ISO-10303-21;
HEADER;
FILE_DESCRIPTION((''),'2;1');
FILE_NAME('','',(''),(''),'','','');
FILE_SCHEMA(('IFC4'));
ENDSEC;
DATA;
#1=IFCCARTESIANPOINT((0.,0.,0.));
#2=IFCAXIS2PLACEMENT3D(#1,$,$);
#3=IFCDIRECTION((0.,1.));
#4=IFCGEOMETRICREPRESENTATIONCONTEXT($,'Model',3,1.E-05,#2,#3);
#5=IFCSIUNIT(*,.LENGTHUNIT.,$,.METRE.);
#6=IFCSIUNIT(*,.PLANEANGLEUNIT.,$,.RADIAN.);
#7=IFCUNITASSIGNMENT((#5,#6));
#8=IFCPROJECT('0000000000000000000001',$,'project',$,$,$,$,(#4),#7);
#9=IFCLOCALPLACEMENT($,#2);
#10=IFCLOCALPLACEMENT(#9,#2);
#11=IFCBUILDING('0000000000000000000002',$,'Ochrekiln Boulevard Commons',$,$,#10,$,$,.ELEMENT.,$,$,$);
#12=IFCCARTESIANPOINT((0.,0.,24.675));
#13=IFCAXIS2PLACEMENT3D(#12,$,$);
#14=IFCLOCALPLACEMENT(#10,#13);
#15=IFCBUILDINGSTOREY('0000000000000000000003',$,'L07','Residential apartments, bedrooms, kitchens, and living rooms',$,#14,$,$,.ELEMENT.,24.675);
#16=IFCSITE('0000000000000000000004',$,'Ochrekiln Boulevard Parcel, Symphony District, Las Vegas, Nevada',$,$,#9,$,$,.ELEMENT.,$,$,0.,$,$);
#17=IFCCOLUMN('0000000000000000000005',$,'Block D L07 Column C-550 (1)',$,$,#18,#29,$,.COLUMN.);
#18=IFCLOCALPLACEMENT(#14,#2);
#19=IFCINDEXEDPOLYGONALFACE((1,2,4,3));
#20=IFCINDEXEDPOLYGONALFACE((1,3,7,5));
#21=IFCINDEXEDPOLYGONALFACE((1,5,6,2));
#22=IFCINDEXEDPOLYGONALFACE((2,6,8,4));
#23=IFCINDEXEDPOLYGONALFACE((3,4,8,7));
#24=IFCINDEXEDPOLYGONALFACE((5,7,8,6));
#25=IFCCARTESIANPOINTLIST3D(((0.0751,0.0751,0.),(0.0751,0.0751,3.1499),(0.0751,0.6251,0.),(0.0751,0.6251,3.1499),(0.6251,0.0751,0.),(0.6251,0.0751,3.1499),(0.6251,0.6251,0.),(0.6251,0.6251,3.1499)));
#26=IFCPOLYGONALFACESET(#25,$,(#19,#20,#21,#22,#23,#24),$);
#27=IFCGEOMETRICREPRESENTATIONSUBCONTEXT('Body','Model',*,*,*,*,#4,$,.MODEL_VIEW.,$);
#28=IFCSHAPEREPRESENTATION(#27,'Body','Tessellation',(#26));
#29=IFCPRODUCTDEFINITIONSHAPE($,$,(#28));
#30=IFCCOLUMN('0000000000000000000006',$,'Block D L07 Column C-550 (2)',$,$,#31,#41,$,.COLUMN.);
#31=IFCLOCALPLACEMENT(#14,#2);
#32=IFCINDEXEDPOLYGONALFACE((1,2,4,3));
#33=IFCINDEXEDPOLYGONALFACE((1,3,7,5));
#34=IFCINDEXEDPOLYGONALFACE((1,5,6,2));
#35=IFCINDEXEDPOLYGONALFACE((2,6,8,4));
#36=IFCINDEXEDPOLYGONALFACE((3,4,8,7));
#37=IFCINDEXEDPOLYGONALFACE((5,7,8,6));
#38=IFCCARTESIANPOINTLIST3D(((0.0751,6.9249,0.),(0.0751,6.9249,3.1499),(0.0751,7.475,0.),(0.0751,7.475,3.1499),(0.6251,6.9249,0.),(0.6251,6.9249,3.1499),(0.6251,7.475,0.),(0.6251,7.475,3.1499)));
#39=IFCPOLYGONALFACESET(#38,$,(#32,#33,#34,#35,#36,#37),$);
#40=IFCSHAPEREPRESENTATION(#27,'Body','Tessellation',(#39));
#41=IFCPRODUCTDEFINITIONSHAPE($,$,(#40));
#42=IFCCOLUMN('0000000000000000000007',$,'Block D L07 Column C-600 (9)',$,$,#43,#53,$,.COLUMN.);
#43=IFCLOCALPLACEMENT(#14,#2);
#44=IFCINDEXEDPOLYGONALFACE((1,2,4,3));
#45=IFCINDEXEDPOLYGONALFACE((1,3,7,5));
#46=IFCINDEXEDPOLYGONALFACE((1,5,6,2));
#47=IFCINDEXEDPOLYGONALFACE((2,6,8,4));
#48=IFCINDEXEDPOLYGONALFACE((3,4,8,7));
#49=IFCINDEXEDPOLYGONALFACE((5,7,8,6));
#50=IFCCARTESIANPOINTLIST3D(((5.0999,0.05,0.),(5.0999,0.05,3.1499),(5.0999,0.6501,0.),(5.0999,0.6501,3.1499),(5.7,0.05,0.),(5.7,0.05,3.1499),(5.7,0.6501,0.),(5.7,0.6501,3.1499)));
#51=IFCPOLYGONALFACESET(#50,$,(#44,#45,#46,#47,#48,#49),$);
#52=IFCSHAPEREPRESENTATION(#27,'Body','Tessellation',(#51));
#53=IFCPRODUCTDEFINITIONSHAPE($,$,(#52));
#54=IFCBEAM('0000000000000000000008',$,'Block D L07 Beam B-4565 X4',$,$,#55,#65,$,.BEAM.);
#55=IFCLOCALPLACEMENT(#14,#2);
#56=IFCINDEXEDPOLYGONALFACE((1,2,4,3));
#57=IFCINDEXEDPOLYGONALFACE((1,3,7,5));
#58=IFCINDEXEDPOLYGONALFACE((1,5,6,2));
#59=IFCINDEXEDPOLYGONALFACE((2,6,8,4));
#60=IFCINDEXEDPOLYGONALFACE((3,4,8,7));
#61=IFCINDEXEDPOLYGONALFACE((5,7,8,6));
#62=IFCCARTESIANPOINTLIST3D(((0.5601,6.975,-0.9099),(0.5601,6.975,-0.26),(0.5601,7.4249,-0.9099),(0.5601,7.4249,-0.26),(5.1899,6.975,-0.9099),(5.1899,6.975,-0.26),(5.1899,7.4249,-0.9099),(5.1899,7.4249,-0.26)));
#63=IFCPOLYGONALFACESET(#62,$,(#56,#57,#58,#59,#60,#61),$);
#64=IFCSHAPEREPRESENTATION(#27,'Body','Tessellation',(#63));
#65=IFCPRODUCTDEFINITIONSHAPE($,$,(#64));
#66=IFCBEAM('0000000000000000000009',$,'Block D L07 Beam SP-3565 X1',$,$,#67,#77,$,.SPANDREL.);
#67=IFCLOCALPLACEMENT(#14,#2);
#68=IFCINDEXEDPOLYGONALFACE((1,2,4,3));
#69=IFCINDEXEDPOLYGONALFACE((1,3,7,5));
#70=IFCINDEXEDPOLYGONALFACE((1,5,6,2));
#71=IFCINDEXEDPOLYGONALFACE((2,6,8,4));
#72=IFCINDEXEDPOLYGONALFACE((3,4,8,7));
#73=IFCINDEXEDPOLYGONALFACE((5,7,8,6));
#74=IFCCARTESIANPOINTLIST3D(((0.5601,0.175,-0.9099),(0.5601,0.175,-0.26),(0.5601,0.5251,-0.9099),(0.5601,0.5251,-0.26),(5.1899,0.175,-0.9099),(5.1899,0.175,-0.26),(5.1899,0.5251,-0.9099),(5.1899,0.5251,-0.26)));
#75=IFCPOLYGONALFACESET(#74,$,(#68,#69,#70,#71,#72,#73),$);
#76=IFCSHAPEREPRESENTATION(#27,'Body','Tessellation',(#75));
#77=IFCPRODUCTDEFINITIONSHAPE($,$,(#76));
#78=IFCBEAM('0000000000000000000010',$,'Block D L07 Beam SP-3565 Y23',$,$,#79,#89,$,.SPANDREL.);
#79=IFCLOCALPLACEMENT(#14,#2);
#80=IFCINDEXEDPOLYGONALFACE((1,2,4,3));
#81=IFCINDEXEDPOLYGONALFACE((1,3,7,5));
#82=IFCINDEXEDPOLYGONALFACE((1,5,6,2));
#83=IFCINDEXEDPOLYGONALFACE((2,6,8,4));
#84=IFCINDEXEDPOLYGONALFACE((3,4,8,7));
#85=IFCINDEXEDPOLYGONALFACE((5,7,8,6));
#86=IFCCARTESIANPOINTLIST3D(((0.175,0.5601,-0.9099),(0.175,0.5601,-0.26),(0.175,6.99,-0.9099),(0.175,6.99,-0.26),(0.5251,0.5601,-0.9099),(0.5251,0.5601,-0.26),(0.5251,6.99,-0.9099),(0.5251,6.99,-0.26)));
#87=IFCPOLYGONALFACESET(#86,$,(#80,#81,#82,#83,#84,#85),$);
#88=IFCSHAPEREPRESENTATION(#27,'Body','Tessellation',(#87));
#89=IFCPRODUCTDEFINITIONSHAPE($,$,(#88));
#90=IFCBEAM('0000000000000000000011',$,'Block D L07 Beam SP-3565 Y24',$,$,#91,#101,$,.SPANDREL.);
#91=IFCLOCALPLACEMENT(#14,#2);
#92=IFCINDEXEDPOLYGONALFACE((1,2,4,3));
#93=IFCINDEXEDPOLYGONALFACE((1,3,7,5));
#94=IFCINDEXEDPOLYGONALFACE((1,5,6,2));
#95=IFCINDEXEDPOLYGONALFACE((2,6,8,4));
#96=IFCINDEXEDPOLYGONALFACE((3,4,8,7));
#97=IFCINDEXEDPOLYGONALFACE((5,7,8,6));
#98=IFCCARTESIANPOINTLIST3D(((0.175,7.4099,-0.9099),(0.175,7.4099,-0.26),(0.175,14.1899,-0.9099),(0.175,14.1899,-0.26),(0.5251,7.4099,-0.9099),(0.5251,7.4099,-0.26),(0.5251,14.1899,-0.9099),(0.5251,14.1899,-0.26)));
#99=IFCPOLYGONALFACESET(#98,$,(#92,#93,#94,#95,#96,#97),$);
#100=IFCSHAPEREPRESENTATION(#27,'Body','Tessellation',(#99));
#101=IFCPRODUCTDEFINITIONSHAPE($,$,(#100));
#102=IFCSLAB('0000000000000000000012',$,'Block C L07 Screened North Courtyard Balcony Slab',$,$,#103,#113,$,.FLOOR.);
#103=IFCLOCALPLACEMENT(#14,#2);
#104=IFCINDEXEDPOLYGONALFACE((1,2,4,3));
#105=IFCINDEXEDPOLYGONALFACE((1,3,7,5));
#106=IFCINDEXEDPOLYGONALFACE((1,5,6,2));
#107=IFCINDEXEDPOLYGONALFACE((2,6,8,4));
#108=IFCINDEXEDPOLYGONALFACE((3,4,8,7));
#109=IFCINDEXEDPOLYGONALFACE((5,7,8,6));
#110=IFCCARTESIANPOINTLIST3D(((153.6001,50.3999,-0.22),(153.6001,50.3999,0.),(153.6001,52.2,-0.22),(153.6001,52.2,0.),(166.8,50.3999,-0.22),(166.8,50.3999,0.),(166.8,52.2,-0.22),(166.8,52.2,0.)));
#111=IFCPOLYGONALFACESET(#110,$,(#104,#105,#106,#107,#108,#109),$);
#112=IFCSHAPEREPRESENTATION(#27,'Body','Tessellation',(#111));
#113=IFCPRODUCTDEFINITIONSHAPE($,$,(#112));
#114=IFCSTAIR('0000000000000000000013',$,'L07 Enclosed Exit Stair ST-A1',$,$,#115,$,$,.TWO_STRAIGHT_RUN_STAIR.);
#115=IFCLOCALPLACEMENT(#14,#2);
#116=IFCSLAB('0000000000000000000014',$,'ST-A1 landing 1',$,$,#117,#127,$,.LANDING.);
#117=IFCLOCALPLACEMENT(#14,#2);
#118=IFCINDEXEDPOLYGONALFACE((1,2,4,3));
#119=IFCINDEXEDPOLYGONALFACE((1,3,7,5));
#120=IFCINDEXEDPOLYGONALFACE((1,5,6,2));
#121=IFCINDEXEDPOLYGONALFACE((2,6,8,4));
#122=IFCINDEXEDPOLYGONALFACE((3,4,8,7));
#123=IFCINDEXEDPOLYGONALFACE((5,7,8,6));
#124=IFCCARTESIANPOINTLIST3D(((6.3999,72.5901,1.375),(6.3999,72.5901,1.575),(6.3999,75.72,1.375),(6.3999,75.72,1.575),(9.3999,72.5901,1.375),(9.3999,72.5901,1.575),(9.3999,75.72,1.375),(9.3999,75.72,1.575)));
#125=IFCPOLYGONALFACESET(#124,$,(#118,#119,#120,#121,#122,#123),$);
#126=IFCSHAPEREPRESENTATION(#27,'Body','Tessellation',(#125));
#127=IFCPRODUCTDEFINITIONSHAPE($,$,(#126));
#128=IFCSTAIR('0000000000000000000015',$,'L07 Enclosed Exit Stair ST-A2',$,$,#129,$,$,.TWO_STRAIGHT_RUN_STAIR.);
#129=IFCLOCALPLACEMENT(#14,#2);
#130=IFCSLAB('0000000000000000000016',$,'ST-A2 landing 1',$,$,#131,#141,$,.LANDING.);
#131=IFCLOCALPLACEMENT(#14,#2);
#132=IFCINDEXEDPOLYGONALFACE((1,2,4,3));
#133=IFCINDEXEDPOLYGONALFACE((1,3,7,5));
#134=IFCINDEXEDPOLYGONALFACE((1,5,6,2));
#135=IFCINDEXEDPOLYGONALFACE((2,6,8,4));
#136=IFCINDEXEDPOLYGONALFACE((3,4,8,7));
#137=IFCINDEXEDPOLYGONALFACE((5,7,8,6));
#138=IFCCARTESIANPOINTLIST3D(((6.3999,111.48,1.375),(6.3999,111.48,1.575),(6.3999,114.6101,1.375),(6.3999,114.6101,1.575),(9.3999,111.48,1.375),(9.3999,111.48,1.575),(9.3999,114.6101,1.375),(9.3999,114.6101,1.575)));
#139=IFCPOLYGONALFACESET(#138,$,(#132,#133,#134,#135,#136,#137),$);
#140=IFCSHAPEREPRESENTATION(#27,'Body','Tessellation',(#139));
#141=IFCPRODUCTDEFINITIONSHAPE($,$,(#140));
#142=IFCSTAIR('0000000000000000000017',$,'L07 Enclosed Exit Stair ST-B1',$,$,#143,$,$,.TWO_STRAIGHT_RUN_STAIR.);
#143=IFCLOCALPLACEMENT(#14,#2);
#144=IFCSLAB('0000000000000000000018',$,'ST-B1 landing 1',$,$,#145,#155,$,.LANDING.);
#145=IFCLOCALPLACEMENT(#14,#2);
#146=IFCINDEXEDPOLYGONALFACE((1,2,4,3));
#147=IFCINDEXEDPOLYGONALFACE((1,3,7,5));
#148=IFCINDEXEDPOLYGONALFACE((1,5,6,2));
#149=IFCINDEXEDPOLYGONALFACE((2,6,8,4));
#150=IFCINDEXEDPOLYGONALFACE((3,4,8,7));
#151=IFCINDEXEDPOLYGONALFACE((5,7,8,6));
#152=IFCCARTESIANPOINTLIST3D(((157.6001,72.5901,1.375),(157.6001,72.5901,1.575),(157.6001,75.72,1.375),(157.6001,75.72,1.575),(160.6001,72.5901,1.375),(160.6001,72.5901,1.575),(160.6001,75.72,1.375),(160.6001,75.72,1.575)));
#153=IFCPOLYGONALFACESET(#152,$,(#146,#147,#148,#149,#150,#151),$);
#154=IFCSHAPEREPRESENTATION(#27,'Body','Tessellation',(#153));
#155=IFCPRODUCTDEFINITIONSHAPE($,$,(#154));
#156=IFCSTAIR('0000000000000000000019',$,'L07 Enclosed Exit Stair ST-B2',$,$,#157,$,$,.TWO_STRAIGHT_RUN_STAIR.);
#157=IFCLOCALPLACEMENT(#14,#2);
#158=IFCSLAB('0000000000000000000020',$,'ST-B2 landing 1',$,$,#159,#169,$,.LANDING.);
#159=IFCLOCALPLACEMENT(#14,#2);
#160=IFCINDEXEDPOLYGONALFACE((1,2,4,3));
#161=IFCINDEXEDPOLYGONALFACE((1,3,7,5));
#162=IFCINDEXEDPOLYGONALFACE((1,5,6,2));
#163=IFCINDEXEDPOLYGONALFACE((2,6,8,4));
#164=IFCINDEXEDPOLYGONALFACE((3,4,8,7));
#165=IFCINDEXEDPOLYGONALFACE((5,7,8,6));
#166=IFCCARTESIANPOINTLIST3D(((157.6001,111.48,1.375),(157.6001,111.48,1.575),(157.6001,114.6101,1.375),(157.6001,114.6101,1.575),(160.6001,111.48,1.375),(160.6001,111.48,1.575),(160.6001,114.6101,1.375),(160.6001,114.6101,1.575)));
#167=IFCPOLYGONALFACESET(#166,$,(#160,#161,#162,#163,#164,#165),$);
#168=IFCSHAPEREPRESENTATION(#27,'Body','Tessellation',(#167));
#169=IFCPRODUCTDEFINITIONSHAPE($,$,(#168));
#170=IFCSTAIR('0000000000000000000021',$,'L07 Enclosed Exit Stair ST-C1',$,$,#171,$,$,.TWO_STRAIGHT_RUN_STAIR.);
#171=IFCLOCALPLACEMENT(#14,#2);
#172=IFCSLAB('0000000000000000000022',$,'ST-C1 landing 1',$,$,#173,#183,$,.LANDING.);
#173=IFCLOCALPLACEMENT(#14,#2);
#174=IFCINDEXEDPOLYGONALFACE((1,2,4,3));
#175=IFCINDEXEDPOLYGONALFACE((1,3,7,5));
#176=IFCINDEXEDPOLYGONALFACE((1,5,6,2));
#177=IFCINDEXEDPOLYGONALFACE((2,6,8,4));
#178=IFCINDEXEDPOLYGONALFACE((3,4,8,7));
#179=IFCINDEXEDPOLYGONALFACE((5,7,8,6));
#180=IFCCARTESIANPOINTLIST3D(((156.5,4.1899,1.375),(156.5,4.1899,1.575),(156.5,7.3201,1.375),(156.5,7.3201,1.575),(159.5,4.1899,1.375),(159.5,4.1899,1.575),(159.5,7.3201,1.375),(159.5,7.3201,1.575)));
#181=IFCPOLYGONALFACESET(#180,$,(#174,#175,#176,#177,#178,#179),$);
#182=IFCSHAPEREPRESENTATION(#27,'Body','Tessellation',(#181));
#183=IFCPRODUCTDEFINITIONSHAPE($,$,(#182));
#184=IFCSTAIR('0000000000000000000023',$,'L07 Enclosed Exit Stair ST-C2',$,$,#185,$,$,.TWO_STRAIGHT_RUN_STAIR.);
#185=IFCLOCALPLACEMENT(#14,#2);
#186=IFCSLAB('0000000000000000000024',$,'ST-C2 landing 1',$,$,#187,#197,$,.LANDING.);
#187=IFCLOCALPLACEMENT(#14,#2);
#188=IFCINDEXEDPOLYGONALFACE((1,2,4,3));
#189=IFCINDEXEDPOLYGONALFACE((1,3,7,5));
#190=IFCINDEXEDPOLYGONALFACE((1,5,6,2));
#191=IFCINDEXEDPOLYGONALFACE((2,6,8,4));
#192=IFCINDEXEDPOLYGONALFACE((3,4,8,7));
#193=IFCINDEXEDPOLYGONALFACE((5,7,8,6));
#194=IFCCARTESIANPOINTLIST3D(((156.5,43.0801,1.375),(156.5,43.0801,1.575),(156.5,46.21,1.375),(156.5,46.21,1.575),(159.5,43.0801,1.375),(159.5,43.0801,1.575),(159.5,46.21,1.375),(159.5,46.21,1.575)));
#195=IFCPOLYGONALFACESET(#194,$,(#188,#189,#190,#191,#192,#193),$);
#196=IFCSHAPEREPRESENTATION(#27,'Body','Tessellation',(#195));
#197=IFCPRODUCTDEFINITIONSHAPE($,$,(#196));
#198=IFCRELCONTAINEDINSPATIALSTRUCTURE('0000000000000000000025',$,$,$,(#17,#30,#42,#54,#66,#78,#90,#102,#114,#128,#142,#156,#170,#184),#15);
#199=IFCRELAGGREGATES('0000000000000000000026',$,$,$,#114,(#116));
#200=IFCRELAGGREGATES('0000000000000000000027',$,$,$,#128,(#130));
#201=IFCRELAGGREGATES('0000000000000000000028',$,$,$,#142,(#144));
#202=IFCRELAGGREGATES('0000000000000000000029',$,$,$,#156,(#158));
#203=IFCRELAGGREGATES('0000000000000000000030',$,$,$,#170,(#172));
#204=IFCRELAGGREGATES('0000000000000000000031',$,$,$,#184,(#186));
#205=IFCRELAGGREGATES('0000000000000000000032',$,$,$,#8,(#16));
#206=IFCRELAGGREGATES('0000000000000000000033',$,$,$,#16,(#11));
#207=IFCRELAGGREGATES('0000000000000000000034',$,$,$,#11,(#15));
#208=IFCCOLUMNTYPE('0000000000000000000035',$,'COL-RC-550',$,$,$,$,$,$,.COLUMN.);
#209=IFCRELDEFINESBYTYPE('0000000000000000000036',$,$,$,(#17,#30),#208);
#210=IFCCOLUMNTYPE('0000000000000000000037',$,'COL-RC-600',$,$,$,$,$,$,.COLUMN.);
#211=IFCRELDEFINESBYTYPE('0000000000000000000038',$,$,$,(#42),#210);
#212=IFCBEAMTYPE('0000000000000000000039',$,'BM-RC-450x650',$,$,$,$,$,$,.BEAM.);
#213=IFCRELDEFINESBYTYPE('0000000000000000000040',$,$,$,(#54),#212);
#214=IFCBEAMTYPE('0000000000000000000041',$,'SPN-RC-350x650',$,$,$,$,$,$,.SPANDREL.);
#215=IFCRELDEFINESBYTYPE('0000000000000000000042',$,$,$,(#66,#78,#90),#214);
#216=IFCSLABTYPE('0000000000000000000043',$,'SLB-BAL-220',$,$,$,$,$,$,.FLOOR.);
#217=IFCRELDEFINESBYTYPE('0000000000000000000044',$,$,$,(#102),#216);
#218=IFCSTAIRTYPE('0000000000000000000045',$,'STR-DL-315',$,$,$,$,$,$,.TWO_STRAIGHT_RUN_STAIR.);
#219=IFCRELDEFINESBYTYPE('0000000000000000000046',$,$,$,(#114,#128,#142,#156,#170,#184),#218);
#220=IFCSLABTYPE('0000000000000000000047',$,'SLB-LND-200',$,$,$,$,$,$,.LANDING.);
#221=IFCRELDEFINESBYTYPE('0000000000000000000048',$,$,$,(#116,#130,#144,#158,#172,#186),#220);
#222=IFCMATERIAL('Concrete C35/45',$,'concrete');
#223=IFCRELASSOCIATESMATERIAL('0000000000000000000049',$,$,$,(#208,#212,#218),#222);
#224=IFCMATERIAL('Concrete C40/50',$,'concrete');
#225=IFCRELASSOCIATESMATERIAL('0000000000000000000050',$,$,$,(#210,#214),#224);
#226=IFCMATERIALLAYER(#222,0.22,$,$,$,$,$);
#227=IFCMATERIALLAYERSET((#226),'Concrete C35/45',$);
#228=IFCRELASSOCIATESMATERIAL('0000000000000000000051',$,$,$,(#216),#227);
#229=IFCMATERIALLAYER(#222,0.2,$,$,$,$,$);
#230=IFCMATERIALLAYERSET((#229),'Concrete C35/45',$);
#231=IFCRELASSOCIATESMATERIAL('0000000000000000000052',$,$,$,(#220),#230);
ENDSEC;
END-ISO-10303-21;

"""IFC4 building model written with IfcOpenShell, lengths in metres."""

from ifc_helpers import new_model, si_unit, direction, frame, origin, origin_2d, place, context, subcontext, project, spatial, polyline, rectangle, outline, extrude, material, layer, layer_set, material_profile, profile_set, type_object, element, aggregate, save


model = new_model("IFC4")

# Units and contexts
model_context = context("Model", 3, precision=1e-05, world=origin(), true_north=direction((0.0, 1.0)))
body_context = subcontext(model_context, "Body", "Model", "MODEL_VIEW")
ifc_project = project(units=[si_unit("LENGTHUNIT", "METRE"), si_unit("PLANEANGLEUNIT", "RADIAN")], contexts=[model_context])

# Site, building, storey
site_placement = place(None, origin())
site = spatial("IfcSite", under=ifc_project, at=site_placement, Name="Ochrekiln Boulevard Parcel, Symphony District, Las Vegas, Nevada", CompositionType="ELEMENT", RefElevation=0.0)
building_placement = place(site_placement, origin())
building = spatial("IfcBuilding", under=site, at=building_placement, Name="Ochrekiln Boulevard Commons", CompositionType="ELEMENT")
storey_placement = place(building_placement, frame((0.0, 0.0, 24.675)))
storey = spatial("IfcBuildingStorey", under=building, at=storey_placement, Name="L07", Description="Residential apartments, bedrooms, kitchens, and living rooms", CompositionType="ELEMENT", Elevation=24.675)

# Columns
ifc_material_1 = material(Name="Concrete C35/45", Category="concrete")
ifc_material_profile_1 = material_profile(ifc_material_1, rectangle(XDim=0.55, YDim=0.55, at=origin_2d()), Name="RC-COL-550x550")
ifc_profile_set_1 = profile_set([ifc_material_profile_1], Name="Concrete C35/45")
column_type_1 = type_object("IfcColumnType", Name="COL-RC-550", PredefinedType="COLUMN", material=ifc_profile_set_1)
for number, where, z_axis, x_axis, name in (
    (1, (0.3501, 0.3501, 0.0), (0.0, 0.0, 1.0), (1.0, 0.0, 0.0), "Block D L07 Column C-550 (1)"),
    (2, (0.3501, 7.2, 0.0), (0.0, 0.0, 1.0), (1.0, 0.0, 0.0), "Block D L07 Column C-550 (2)"),
):
    element("IfcColumn", number, at=place(storey_placement, frame(where, z_axis=z_axis, x_axis=x_axis)), inside=storey, type_object=column_type_1, Name=name, PredefinedType="COLUMN", context=body_context, shape_type="SweptSolid", body=[
        extrude(rectangle(XDim=0.55, YDim=0.55, at=origin_2d()), origin(), (0.0, 0.0, 1.0), 3.1499),
    ])
ifc_material_2 = material(Name="Concrete C40/50", Category="concrete")
ifc_material_profile_2 = material_profile(ifc_material_2, rectangle(XDim=0.6001, YDim=0.6001, at=origin_2d()), Name="RC-COL-600x600")
ifc_profile_set_2 = profile_set([ifc_material_profile_2], Name="Concrete C40/50")
column_type_2 = type_object("IfcColumnType", Name="COL-RC-600", PredefinedType="COLUMN", material=ifc_profile_set_2)
column_placement = place(storey_placement, frame((5.3999, 0.3501, 0.0), z_axis=(0.0, 0.0, 1.0), x_axis=(1.0, 0.0, 0.0)))
element("IfcColumn", 3, at=column_placement, inside=storey, type_object=column_type_2, Name="Block D L07 Column C-600 (9)", PredefinedType="COLUMN", context=body_context, shape_type="SweptSolid", body=[
    extrude(rectangle(XDim=0.6001, YDim=0.6001, at=origin_2d()), origin(), (0.0, 0.0, 1.0), 3.1499),
])

# Beams
ifc_material_profile_3 = material_profile(ifc_material_1, rectangle(XDim=0.45, YDim=0.6499, at=origin_2d()), Name="RC-BM-450x650")
ifc_profile_set_3 = profile_set([ifc_material_profile_3], Name="Concrete C35/45")
beam_type_1 = type_object("IfcBeamType", Name="BM-RC-450x650", PredefinedType="BEAM", material=ifc_profile_set_3)
beam_1_placement = place(storey_placement, frame((0.5601, 7.2, -0.585), z_axis=(1.0, 0.0, 0.0), x_axis=(0.0, 1.0, 0.0)))
element("IfcBeam", 4, at=beam_1_placement, inside=storey, type_object=beam_type_1, Name="Block D L07 Beam B-4565 X4", PredefinedType="BEAM", context=body_context, shape_type="SweptSolid", body=[
    extrude(rectangle(XDim=0.45, YDim=0.6499, at=origin_2d()), origin(), (0.0, 0.0, 1.0), 4.6299),
])
ifc_material_profile_4 = material_profile(ifc_material_2, rectangle(XDim=0.3501, YDim=0.6499, at=origin_2d()), Name="RC-SPN-350x650")
ifc_profile_set_4 = profile_set([ifc_material_profile_4], Name="Concrete C40/50")
beam_type_2 = type_object("IfcBeamType", Name="SPN-RC-350x650", PredefinedType="SPANDREL", material=ifc_profile_set_4)
beam_2_placement = place(storey_placement, frame((0.5601, 0.3501, -0.585), z_axis=(1.0, 0.0, 0.0), x_axis=(0.0, 1.0, 0.0)))
element("IfcBeam", 5, at=beam_2_placement, inside=storey, type_object=beam_type_2, Name="Block D L07 Beam SP-3565 X1", PredefinedType="SPANDREL", context=body_context, shape_type="SweptSolid", body=[
    extrude(rectangle(XDim=0.3501, YDim=0.6499, at=origin_2d()), origin(), (0.0, 0.0, 1.0), 4.6299),
])
beam_3_placement = place(storey_placement, frame((0.3501, 0.5601, -0.585), z_axis=(0.0, 1.0, 0.0), x_axis=(-1.0, 0.0, 0.0)))
element("IfcBeam", 6, at=beam_3_placement, inside=storey, type_object=beam_type_2, Name="Block D L07 Beam SP-3565 Y23", PredefinedType="SPANDREL", context=body_context, shape_type="SweptSolid", body=[
    extrude(rectangle(XDim=0.3501, YDim=0.6499, at=origin_2d()), origin(), (0.0, 0.0, 1.0), 6.4299),
])
beam_4_placement = place(storey_placement, frame((0.3501, 7.4099, -0.585), z_axis=(0.0, 1.0, 0.0), x_axis=(-1.0, 0.0, 0.0)))
element("IfcBeam", 7, at=beam_4_placement, inside=storey, type_object=beam_type_2, Name="Block D L07 Beam SP-3565 Y24", PredefinedType="SPANDREL", context=body_context, shape_type="SweptSolid", body=[
    extrude(rectangle(XDim=0.3501, YDim=0.6499, at=origin_2d()), origin(), (0.0, 0.0, 1.0), 6.78),
])

# Slab
ifc_layer_1 = layer(ifc_material_1, 0.22)
ifc_layer_set_1 = layer_set([ifc_layer_1], Name="Concrete C35/45")
slab_type_1 = type_object("IfcSlabType", Name="SLB-BAL-220", PredefinedType="FLOOR", material=ifc_layer_set_1)
slab_1_placement = place(storey_placement, frame((0.0, 0.0, -0.22)))
element("IfcSlab", 8, at=slab_1_placement, inside=storey, type_object=slab_type_1, Name="Block C L07 Screened North Courtyard Balcony Slab", PredefinedType="FLOOR", context=body_context, shape_type="SweptSolid", body=[
    extrude(outline(polyline([(153.6001, 50.3999), (166.8, 50.3999), (166.8, 52.2), (153.6001, 52.2), (153.6001, 50.3999)])), origin(), (0.0, 0.0, 1.0), 0.22),
])

# Stairs, slabs
stair_type = type_object("IfcStairType", Name="STR-DL-315", PredefinedType="TWO_STRAIGHT_RUN_STAIR", material=ifc_material_1)
stair_1_placement = place(storey_placement, origin())
stair_1 = element("IfcStair", 9, at=stair_1_placement, inside=storey, type_object=stair_type, Name="L07 Enclosed Exit Stair ST-A1", PredefinedType="TWO_STRAIGHT_RUN_STAIR")
ifc_layer_2 = layer(ifc_material_1, 0.2)
ifc_layer_set_2 = layer_set([ifc_layer_2], Name="Concrete C35/45")
slab_type_2 = type_object("IfcSlabType", Name="SLB-LND-200", PredefinedType="LANDING", material=ifc_layer_set_2)
slab_2_placement = place(storey_placement, frame((0.0, 0.0, 1.375)))
slab_2 = element("IfcSlab", 10, at=slab_2_placement, type_object=slab_type_2, Name="ST-A1 landing 1", PredefinedType="LANDING", context=body_context, shape_type="SweptSolid", body=[
    extrude(outline(polyline([(9.3999, 72.5901), (9.3999, 75.72), (6.3999, 75.72), (6.3999, 72.5901), (9.3999, 72.5901)])), origin(), (0.0, 0.0, 1.0), 0.2),
])
aggregate(stair_1, [slab_2])
stair_2_placement = place(storey_placement, origin())
stair_2 = element("IfcStair", 11, at=stair_2_placement, inside=storey, type_object=stair_type, Name="L07 Enclosed Exit Stair ST-A2", PredefinedType="TWO_STRAIGHT_RUN_STAIR")
slab_3_placement = place(storey_placement, frame((0.0, 0.0, 1.375)))
slab_3 = element("IfcSlab", 12, at=slab_3_placement, type_object=slab_type_2, Name="ST-A2 landing 1", PredefinedType="LANDING", context=body_context, shape_type="SweptSolid", body=[
    extrude(outline(polyline([(6.3999, 114.6101), (6.3999, 111.48), (9.3999, 111.48), (9.3999, 114.6101), (6.3999, 114.6101)])), origin(), (0.0, 0.0, 1.0), 0.2),
])
aggregate(stair_2, [slab_3])
stair_3_placement = place(storey_placement, origin())
stair_3 = element("IfcStair", 13, at=stair_3_placement, inside=storey, type_object=stair_type, Name="L07 Enclosed Exit Stair ST-B1", PredefinedType="TWO_STRAIGHT_RUN_STAIR")
slab_4_placement = place(storey_placement, frame((0.0, 0.0, 1.375)))
slab_4 = element("IfcSlab", 14, at=slab_4_placement, type_object=slab_type_2, Name="ST-B1 landing 1", PredefinedType="LANDING", context=body_context, shape_type="SweptSolid", body=[
    extrude(outline(polyline([(160.6001, 72.5901), (160.6001, 75.72), (157.6001, 75.72), (157.6001, 72.5901), (160.6001, 72.5901)])), origin(), (0.0, 0.0, 1.0), 0.2),
])
aggregate(stair_3, [slab_4])
stair_4_placement = place(storey_placement, origin())
stair_4 = element("IfcStair", 15, at=stair_4_placement, inside=storey, type_object=stair_type, Name="L07 Enclosed Exit Stair ST-B2", PredefinedType="TWO_STRAIGHT_RUN_STAIR")
slab_5_placement = place(storey_placement, frame((0.0, 0.0, 1.375)))
slab_5 = element("IfcSlab", 16, at=slab_5_placement, type_object=slab_type_2, Name="ST-B2 landing 1", PredefinedType="LANDING", context=body_context, shape_type="SweptSolid", body=[
    extrude(outline(polyline([(157.6001, 114.6101), (157.6001, 111.48), (160.6001, 111.48), (160.6001, 114.6101), (157.6001, 114.6101)])), origin(), (0.0, 0.0, 1.0), 0.2),
])
aggregate(stair_4, [slab_5])
stair_5_placement = place(storey_placement, origin())
stair_5 = element("IfcStair", 17, at=stair_5_placement, inside=storey, type_object=stair_type, Name="L07 Enclosed Exit Stair ST-C1", PredefinedType="TWO_STRAIGHT_RUN_STAIR")
slab_6_placement = place(storey_placement, frame((0.0, 0.0, 1.375)))
slab_6 = element("IfcSlab", 18, at=slab_6_placement, type_object=slab_type_2, Name="ST-C1 landing 1", PredefinedType="LANDING", context=body_context, shape_type="SweptSolid", body=[
    extrude(outline(polyline([(159.5, 4.1899), (159.5, 7.3201), (156.5, 7.3201), (156.5, 4.1899), (159.5, 4.1899)])), origin(), (0.0, 0.0, 1.0), 0.2),
])
aggregate(stair_5, [slab_6])
stair_6_placement = place(storey_placement, origin())
stair_6 = element("IfcStair", 19, at=stair_6_placement, inside=storey, type_object=stair_type, Name="L07 Enclosed Exit Stair ST-C2", PredefinedType="TWO_STRAIGHT_RUN_STAIR")
slab_7_placement = place(storey_placement, frame((0.0, 0.0, 1.375)))
slab_7 = element("IfcSlab", 20, at=slab_7_placement, type_object=slab_type_2, Name="ST-C2 landing 1", PredefinedType="LANDING", context=body_context, shape_type="SweptSolid", body=[
    extrude(outline(polyline([(156.5, 46.21), (156.5, 43.0801), (159.5, 43.0801), (159.5, 46.21), (156.5, 46.21)])), origin(), (0.0, 0.0, 1.0), 0.2),
])
aggregate(stair_6, [slab_7])

save(model, "model.ifc")
